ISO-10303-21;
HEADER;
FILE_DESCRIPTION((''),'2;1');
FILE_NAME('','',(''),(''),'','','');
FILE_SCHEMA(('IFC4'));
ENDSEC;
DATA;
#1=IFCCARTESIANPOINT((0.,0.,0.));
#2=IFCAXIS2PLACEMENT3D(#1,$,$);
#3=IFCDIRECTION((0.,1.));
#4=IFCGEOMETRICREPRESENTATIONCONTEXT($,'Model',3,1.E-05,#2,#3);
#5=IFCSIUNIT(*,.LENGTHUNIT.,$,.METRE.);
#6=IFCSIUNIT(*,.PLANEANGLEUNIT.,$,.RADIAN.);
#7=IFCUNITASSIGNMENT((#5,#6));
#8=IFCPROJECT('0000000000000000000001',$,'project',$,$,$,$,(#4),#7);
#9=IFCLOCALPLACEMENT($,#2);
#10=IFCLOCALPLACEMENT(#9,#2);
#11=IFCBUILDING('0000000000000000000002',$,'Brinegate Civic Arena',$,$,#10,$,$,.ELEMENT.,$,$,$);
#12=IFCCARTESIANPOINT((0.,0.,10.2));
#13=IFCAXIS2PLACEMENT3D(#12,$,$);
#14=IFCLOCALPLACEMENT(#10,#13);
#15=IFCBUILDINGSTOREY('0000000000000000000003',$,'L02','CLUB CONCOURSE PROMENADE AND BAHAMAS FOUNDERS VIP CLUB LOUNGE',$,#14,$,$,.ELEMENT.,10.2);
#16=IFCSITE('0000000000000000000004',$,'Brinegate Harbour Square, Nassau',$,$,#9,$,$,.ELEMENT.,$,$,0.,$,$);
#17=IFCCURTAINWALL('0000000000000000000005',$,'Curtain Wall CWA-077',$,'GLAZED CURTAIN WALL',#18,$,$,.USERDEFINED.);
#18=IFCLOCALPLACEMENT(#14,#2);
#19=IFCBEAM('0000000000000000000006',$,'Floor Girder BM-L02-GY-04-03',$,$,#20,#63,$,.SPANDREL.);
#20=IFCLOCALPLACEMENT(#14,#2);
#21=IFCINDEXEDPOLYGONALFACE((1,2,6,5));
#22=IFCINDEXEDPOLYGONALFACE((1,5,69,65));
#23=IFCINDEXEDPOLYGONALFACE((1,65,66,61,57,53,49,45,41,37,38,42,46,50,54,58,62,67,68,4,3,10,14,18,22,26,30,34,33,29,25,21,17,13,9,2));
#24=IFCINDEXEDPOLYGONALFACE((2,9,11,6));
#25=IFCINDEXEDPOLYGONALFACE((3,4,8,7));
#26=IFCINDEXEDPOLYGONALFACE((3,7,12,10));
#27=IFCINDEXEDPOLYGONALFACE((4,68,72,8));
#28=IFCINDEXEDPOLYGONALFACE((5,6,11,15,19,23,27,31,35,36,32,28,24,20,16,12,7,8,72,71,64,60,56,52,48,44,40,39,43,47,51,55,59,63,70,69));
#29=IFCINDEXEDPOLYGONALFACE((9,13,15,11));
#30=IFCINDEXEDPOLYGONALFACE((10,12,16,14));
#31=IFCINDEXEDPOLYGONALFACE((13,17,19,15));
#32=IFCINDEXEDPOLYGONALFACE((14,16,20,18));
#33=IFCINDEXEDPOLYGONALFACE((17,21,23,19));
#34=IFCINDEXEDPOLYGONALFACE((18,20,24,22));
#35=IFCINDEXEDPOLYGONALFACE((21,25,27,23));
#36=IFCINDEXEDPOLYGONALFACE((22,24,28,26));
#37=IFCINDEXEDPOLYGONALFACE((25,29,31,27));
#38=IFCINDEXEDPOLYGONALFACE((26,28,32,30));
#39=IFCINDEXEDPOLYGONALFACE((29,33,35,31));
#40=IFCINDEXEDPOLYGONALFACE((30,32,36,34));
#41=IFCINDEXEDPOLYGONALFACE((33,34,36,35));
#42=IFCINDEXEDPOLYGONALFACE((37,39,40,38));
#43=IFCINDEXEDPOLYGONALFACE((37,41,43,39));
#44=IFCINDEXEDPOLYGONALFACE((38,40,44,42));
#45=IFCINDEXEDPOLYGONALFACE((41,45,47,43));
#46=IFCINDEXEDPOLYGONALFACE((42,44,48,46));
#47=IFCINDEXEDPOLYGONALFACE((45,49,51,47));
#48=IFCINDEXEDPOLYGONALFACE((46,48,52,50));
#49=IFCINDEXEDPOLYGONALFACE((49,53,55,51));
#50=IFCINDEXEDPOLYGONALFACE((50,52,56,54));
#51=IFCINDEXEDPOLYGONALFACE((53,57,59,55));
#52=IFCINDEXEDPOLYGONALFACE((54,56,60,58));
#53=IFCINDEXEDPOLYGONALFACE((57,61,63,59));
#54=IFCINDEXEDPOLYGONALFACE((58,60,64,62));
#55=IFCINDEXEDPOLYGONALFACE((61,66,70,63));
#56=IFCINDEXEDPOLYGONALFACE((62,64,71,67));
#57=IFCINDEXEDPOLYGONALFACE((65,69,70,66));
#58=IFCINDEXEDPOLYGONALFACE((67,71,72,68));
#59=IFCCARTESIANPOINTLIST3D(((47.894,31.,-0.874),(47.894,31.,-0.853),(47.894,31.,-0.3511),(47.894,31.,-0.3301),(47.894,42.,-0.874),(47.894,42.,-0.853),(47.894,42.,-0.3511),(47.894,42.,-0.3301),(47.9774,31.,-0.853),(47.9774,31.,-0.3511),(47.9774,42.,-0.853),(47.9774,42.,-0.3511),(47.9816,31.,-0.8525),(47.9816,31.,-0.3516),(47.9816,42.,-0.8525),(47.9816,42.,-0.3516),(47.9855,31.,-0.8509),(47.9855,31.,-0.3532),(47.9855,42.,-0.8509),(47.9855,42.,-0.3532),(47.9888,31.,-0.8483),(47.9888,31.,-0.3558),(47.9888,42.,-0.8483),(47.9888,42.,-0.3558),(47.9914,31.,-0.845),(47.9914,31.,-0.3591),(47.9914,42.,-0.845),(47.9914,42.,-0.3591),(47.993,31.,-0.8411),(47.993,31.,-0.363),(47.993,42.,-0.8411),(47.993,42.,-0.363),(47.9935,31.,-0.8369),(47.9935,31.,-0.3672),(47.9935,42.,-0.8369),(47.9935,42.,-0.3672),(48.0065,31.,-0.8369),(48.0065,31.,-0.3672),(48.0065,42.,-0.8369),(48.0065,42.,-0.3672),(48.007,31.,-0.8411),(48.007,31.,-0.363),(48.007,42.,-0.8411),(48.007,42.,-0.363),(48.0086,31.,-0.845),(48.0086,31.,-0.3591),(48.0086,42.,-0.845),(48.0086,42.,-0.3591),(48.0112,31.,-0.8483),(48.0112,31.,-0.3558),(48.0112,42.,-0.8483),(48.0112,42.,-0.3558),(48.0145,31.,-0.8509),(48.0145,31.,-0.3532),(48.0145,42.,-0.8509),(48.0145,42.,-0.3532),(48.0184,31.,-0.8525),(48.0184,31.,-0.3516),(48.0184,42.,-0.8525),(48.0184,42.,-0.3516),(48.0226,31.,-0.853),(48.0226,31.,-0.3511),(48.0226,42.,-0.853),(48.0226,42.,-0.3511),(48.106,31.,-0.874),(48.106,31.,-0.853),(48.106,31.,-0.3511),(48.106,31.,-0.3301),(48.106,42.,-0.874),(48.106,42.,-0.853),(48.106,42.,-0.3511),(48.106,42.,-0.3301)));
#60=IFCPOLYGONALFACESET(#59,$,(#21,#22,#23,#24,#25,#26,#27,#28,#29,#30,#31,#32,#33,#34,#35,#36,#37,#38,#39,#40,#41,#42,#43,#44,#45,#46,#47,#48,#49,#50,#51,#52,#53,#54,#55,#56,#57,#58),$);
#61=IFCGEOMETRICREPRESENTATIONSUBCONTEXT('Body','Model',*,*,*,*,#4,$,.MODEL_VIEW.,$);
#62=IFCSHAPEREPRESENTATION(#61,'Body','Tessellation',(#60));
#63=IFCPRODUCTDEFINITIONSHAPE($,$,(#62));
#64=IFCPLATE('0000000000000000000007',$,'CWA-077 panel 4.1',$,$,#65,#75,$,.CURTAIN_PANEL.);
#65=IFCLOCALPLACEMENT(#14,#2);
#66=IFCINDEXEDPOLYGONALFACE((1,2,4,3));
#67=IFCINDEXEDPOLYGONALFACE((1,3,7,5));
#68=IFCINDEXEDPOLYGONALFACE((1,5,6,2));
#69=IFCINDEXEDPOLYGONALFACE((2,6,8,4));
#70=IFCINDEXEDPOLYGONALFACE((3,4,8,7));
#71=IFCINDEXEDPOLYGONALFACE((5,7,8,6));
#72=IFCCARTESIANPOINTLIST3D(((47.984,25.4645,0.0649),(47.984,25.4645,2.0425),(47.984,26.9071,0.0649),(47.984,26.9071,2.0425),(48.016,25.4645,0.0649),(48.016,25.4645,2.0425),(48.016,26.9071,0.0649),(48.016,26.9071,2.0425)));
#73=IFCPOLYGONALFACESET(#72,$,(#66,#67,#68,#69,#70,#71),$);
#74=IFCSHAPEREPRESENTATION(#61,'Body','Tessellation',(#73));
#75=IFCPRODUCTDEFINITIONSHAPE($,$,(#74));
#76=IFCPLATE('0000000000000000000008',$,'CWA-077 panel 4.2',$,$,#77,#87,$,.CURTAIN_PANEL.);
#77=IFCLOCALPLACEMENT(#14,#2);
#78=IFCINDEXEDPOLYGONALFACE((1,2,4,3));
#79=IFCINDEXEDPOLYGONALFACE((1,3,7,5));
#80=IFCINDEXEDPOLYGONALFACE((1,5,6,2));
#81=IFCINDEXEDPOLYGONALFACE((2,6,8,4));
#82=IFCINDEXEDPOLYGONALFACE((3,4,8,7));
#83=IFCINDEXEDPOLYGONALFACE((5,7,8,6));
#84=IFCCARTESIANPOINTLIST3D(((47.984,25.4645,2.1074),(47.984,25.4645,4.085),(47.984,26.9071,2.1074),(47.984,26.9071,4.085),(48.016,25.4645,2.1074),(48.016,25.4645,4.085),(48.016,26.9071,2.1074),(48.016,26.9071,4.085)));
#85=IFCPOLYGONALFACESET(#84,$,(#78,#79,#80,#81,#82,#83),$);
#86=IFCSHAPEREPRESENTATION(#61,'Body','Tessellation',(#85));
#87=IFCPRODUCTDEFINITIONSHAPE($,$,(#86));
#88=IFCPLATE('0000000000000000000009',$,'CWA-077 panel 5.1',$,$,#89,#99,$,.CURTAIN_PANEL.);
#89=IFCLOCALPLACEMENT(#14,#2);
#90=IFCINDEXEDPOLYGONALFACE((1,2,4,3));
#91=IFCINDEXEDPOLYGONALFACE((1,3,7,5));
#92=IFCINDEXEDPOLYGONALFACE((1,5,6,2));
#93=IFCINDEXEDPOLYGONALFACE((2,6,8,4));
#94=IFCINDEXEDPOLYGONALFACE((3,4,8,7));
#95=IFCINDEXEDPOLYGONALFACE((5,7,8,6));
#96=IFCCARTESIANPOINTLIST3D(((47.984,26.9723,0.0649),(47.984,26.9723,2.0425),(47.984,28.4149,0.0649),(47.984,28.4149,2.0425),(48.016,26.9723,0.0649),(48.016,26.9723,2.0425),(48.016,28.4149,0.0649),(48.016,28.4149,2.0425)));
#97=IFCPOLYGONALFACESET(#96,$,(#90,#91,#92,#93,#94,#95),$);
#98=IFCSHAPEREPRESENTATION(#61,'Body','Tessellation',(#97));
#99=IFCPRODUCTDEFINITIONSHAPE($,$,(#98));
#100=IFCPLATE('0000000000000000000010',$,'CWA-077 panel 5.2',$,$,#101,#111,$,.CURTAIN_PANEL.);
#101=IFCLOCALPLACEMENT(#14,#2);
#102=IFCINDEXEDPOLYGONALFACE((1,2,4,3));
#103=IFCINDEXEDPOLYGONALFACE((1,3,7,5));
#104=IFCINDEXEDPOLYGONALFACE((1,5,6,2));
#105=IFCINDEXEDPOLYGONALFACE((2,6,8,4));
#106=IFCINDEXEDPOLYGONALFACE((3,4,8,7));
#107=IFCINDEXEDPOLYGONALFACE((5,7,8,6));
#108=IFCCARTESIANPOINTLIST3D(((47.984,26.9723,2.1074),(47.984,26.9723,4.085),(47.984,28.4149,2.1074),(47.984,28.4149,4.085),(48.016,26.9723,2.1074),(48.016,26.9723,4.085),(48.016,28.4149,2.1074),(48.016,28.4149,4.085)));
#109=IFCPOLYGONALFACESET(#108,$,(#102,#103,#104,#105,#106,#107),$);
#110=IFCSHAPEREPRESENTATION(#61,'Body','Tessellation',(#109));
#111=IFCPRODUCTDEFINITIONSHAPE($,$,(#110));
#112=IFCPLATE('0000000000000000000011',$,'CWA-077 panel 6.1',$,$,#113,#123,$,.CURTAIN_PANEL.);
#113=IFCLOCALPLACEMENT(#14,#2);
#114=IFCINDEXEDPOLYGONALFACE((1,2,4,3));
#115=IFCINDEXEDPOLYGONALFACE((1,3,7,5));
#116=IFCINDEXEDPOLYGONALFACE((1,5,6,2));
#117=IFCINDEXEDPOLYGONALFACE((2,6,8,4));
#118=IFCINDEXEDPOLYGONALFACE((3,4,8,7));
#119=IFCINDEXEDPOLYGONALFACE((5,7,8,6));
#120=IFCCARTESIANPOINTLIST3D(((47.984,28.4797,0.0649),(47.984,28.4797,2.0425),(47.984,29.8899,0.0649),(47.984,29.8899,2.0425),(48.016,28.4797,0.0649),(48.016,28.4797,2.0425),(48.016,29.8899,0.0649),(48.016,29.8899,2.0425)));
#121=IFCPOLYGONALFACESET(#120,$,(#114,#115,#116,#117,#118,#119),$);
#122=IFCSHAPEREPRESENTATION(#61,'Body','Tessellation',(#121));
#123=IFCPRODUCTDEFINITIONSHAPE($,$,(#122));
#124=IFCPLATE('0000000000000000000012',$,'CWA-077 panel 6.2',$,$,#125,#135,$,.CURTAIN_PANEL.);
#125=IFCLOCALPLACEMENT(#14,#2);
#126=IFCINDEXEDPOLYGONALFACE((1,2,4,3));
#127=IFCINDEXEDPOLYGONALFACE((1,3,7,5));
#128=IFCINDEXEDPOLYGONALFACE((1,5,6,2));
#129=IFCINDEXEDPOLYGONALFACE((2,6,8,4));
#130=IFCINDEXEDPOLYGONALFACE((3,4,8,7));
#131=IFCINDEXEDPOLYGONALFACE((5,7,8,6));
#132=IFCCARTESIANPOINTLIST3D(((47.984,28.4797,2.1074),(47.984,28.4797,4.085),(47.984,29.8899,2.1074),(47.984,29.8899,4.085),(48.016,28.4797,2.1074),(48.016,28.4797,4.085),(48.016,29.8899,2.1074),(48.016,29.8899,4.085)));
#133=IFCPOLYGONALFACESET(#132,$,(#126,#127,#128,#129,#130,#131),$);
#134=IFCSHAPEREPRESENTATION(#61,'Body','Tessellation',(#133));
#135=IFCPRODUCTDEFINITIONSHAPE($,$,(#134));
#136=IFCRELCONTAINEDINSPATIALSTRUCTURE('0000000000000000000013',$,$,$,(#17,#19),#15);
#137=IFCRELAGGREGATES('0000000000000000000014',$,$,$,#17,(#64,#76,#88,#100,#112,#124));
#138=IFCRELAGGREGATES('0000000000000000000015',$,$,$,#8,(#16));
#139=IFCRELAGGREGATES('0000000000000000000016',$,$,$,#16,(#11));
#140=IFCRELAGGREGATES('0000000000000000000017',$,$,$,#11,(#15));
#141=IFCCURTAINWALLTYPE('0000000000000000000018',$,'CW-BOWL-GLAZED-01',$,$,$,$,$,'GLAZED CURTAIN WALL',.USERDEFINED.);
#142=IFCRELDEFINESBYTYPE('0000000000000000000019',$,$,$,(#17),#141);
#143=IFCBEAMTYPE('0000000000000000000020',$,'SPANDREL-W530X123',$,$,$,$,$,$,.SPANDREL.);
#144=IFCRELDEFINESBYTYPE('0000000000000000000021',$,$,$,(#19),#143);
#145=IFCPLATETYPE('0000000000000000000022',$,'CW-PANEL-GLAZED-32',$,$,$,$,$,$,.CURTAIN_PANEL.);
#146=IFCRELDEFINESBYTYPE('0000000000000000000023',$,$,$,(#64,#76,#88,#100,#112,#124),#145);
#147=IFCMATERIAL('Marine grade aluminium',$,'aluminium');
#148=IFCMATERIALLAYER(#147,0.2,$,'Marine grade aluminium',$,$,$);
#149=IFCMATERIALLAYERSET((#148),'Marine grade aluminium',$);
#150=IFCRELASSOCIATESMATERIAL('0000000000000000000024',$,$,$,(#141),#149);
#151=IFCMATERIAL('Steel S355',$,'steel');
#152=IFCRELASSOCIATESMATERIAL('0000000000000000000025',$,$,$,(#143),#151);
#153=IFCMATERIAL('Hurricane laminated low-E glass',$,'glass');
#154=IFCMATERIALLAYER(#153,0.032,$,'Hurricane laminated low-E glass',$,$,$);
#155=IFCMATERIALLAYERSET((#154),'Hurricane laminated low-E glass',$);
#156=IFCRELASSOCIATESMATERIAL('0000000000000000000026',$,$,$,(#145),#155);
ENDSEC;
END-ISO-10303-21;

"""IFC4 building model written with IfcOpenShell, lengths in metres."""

from ifc_helpers import new_model, si_unit, direction, frame, origin, origin_2d, place, context, subcontext, project, spatial, rectangle, i_section, extrude, material, layer, layer_set, material_profile, profile_set, type_object, element, aggregate, save


model = new_model("IFC4")

# Units and contexts
model_context = context("Model", 3, precision=1e-05, world=origin(), true_north=direction((0.0, 1.0)))
body_context = subcontext(model_context, "Body", "Model", "MODEL_VIEW")
ifc_project = project(units=[si_unit("LENGTHUNIT", "METRE"), si_unit("PLANEANGLEUNIT", "RADIAN")], contexts=[model_context])

# Site, building, storey
site_placement = place(None, origin())
site = spatial("IfcSite", under=ifc_project, at=site_placement, Name="Brinegate Harbour Square, Nassau", CompositionType="ELEMENT", RefElevation=0.0)
building_placement = place(site_placement, origin())
building = spatial("IfcBuilding", under=site, at=building_placement, Name="Brinegate Civic Arena", CompositionType="ELEMENT")
storey_placement = place(building_placement, frame((0.0, 0.0, 10.2)))
storey = spatial("IfcBuildingStorey", under=building, at=storey_placement, Name="L02", Description="CLUB CONCOURSE PROMENADE AND BAHAMAS FOUNDERS VIP CLUB LOUNGE", CompositionType="ELEMENT", Elevation=10.2)

# Curtain wall
ifc_material_1 = material(Name="Marine grade aluminium", Category="aluminium")
ifc_layer_1 = layer(ifc_material_1, 0.2, Name="Marine grade aluminium")
ifc_layer_set_1 = layer_set([ifc_layer_1], Name="Marine grade aluminium")
curtain_wall_type = type_object("IfcCurtainWallType", Name="CW-BOWL-GLAZED-01", ElementType="GLAZED CURTAIN WALL", PredefinedType="USERDEFINED", material=ifc_layer_set_1)
curtain_wall_1_placement = place(storey_placement, origin())
curtain_wall_1 = element("IfcCurtainWall", 1, at=curtain_wall_1_placement, inside=storey, type_object=curtain_wall_type, Name="Curtain Wall CWA-077", ObjectType="GLAZED CURTAIN WALL", PredefinedType="USERDEFINED")

# Beam
ifc_material_2 = material(Name="Steel S355", Category="steel")
ifc_material_profile_1 = material_profile(ifc_material_2, i_section(OverallWidth=0.2119, OverallDepth=0.5439, WebThickness=0.0129, FlangeThickness=0.021, FilletRadius=0.0161, at=origin_2d()), Name="W530X123")
ifc_profile_set_1 = profile_set([ifc_material_profile_1], Name="Steel S355")
beam_type_1 = type_object("IfcBeamType", Name="SPANDREL-W530X123", PredefinedType="SPANDREL", material=ifc_profile_set_1)
beam_1_placement = place(storey_placement, frame((48.0, 31.0, -0.6021), z_axis=(0.0, 1.0, 0.0), x_axis=(-1.0, 0.0, 0.0)))
element("IfcBeam", 2, at=beam_1_placement, inside=storey, type_object=beam_type_1, Name="Floor Girder BM-L02-GY-04-03", PredefinedType="SPANDREL", context=body_context, shape_type="SweptSolid", body=[
    extrude(i_section(OverallWidth=0.2119, OverallDepth=0.5439, WebThickness=0.0129, FlangeThickness=0.021, FilletRadius=0.0161, at=origin_2d()), origin(), (0.0, 0.0, 1.0), 11.0),
])

# Plates
ifc_material_3 = material(Name="Hurricane laminated low-E glass", Category="glass")
ifc_layer_2 = layer(ifc_material_3, 0.032, Name="Hurricane laminated low-E glass")
ifc_layer_set_2 = layer_set([ifc_layer_2], Name="Hurricane laminated low-E glass")
plate_type = type_object("IfcPlateType", Name="CW-PANEL-GLAZED-32", PredefinedType="CURTAIN_PANEL", material=ifc_layer_set_2)
plate_1_placement = place(storey_placement, frame((48.0, 26.1858, 0.0649), z_axis=(0.0, 0.0, 1.0), x_axis=(0.0, 1.0, 0.0)))
plate_1 = element("IfcPlate", 3, at=plate_1_placement, type_object=plate_type, Name="CWA-077 panel 4.1", PredefinedType="CURTAIN_PANEL", context=body_context, shape_type="SweptSolid", body=[
    extrude(rectangle(XDim=1.4426, YDim=0.032, at=origin_2d()), origin(), (0.0, 0.0, 1.0), 1.9775),
])
plate_2_placement = place(storey_placement, frame((48.0, 26.1858, 2.1074), z_axis=(0.0, 0.0, 1.0), x_axis=(0.0, 1.0, 0.0)))
plate_2 = element("IfcPlate", 4, at=plate_2_placement, type_object=plate_type, Name="CWA-077 panel 4.2", PredefinedType="CURTAIN_PANEL", context=body_context, shape_type="SweptSolid", body=[
    extrude(rectangle(XDim=1.4426, YDim=0.032, at=origin_2d()), origin(), (0.0, 0.0, 1.0), 1.9775),
])
plate_3_placement = place(storey_placement, frame((48.0, 27.6936, 0.0649), z_axis=(0.0, 0.0, 1.0), x_axis=(0.0, 1.0, 0.0)))
plate_3 = element("IfcPlate", 5, at=plate_3_placement, type_object=plate_type, Name="CWA-077 panel 5.1", PredefinedType="CURTAIN_PANEL", context=body_context, shape_type="SweptSolid", body=[
    extrude(rectangle(XDim=1.4426, YDim=0.032, at=origin_2d()), origin(), (0.0, 0.0, 1.0), 1.9775),
])
plate_4_placement = place(storey_placement, frame((48.0, 27.6936, 2.1074), z_axis=(0.0, 0.0, 1.0), x_axis=(0.0, 1.0, 0.0)))
plate_4 = element("IfcPlate", 6, at=plate_4_placement, type_object=plate_type, Name="CWA-077 panel 5.2", PredefinedType="CURTAIN_PANEL", context=body_context, shape_type="SweptSolid", body=[
    extrude(rectangle(XDim=1.4426, YDim=0.032, at=origin_2d()), origin(), (0.0, 0.0, 1.0), 1.9775),
])
plate_5_placement = place(storey_placement, frame((48.0, 29.1848, 0.0649), z_axis=(0.0, 0.0, 1.0), x_axis=(0.0, 1.0, 0.0)))
plate_5 = element("IfcPlate", 7, at=plate_5_placement, type_object=plate_type, Name="CWA-077 panel 6.1", PredefinedType="CURTAIN_PANEL", context=body_context, shape_type="SweptSolid", body=[
    extrude(rectangle(XDim=1.4102, YDim=0.032, at=origin_2d()), origin(), (0.0, 0.0, 1.0), 1.9775),
])
plate_6_placement = place(storey_placement, frame((48.0, 29.1848, 2.1074), z_axis=(0.0, 0.0, 1.0), x_axis=(0.0, 1.0, 0.0)))
plate_6 = element("IfcPlate", 8, at=plate_6_placement, type_object=plate_type, Name="CWA-077 panel 6.2", PredefinedType="CURTAIN_PANEL", context=body_context, shape_type="SweptSolid", body=[
    extrude(rectangle(XDim=1.4102, YDim=0.032, at=origin_2d()), origin(), (0.0, 0.0, 1.0), 1.9775),
])
aggregate(curtain_wall_1, [plate_1, plate_2, plate_3, plate_4, plate_5, plate_6])

save(model, "model.ifc")
